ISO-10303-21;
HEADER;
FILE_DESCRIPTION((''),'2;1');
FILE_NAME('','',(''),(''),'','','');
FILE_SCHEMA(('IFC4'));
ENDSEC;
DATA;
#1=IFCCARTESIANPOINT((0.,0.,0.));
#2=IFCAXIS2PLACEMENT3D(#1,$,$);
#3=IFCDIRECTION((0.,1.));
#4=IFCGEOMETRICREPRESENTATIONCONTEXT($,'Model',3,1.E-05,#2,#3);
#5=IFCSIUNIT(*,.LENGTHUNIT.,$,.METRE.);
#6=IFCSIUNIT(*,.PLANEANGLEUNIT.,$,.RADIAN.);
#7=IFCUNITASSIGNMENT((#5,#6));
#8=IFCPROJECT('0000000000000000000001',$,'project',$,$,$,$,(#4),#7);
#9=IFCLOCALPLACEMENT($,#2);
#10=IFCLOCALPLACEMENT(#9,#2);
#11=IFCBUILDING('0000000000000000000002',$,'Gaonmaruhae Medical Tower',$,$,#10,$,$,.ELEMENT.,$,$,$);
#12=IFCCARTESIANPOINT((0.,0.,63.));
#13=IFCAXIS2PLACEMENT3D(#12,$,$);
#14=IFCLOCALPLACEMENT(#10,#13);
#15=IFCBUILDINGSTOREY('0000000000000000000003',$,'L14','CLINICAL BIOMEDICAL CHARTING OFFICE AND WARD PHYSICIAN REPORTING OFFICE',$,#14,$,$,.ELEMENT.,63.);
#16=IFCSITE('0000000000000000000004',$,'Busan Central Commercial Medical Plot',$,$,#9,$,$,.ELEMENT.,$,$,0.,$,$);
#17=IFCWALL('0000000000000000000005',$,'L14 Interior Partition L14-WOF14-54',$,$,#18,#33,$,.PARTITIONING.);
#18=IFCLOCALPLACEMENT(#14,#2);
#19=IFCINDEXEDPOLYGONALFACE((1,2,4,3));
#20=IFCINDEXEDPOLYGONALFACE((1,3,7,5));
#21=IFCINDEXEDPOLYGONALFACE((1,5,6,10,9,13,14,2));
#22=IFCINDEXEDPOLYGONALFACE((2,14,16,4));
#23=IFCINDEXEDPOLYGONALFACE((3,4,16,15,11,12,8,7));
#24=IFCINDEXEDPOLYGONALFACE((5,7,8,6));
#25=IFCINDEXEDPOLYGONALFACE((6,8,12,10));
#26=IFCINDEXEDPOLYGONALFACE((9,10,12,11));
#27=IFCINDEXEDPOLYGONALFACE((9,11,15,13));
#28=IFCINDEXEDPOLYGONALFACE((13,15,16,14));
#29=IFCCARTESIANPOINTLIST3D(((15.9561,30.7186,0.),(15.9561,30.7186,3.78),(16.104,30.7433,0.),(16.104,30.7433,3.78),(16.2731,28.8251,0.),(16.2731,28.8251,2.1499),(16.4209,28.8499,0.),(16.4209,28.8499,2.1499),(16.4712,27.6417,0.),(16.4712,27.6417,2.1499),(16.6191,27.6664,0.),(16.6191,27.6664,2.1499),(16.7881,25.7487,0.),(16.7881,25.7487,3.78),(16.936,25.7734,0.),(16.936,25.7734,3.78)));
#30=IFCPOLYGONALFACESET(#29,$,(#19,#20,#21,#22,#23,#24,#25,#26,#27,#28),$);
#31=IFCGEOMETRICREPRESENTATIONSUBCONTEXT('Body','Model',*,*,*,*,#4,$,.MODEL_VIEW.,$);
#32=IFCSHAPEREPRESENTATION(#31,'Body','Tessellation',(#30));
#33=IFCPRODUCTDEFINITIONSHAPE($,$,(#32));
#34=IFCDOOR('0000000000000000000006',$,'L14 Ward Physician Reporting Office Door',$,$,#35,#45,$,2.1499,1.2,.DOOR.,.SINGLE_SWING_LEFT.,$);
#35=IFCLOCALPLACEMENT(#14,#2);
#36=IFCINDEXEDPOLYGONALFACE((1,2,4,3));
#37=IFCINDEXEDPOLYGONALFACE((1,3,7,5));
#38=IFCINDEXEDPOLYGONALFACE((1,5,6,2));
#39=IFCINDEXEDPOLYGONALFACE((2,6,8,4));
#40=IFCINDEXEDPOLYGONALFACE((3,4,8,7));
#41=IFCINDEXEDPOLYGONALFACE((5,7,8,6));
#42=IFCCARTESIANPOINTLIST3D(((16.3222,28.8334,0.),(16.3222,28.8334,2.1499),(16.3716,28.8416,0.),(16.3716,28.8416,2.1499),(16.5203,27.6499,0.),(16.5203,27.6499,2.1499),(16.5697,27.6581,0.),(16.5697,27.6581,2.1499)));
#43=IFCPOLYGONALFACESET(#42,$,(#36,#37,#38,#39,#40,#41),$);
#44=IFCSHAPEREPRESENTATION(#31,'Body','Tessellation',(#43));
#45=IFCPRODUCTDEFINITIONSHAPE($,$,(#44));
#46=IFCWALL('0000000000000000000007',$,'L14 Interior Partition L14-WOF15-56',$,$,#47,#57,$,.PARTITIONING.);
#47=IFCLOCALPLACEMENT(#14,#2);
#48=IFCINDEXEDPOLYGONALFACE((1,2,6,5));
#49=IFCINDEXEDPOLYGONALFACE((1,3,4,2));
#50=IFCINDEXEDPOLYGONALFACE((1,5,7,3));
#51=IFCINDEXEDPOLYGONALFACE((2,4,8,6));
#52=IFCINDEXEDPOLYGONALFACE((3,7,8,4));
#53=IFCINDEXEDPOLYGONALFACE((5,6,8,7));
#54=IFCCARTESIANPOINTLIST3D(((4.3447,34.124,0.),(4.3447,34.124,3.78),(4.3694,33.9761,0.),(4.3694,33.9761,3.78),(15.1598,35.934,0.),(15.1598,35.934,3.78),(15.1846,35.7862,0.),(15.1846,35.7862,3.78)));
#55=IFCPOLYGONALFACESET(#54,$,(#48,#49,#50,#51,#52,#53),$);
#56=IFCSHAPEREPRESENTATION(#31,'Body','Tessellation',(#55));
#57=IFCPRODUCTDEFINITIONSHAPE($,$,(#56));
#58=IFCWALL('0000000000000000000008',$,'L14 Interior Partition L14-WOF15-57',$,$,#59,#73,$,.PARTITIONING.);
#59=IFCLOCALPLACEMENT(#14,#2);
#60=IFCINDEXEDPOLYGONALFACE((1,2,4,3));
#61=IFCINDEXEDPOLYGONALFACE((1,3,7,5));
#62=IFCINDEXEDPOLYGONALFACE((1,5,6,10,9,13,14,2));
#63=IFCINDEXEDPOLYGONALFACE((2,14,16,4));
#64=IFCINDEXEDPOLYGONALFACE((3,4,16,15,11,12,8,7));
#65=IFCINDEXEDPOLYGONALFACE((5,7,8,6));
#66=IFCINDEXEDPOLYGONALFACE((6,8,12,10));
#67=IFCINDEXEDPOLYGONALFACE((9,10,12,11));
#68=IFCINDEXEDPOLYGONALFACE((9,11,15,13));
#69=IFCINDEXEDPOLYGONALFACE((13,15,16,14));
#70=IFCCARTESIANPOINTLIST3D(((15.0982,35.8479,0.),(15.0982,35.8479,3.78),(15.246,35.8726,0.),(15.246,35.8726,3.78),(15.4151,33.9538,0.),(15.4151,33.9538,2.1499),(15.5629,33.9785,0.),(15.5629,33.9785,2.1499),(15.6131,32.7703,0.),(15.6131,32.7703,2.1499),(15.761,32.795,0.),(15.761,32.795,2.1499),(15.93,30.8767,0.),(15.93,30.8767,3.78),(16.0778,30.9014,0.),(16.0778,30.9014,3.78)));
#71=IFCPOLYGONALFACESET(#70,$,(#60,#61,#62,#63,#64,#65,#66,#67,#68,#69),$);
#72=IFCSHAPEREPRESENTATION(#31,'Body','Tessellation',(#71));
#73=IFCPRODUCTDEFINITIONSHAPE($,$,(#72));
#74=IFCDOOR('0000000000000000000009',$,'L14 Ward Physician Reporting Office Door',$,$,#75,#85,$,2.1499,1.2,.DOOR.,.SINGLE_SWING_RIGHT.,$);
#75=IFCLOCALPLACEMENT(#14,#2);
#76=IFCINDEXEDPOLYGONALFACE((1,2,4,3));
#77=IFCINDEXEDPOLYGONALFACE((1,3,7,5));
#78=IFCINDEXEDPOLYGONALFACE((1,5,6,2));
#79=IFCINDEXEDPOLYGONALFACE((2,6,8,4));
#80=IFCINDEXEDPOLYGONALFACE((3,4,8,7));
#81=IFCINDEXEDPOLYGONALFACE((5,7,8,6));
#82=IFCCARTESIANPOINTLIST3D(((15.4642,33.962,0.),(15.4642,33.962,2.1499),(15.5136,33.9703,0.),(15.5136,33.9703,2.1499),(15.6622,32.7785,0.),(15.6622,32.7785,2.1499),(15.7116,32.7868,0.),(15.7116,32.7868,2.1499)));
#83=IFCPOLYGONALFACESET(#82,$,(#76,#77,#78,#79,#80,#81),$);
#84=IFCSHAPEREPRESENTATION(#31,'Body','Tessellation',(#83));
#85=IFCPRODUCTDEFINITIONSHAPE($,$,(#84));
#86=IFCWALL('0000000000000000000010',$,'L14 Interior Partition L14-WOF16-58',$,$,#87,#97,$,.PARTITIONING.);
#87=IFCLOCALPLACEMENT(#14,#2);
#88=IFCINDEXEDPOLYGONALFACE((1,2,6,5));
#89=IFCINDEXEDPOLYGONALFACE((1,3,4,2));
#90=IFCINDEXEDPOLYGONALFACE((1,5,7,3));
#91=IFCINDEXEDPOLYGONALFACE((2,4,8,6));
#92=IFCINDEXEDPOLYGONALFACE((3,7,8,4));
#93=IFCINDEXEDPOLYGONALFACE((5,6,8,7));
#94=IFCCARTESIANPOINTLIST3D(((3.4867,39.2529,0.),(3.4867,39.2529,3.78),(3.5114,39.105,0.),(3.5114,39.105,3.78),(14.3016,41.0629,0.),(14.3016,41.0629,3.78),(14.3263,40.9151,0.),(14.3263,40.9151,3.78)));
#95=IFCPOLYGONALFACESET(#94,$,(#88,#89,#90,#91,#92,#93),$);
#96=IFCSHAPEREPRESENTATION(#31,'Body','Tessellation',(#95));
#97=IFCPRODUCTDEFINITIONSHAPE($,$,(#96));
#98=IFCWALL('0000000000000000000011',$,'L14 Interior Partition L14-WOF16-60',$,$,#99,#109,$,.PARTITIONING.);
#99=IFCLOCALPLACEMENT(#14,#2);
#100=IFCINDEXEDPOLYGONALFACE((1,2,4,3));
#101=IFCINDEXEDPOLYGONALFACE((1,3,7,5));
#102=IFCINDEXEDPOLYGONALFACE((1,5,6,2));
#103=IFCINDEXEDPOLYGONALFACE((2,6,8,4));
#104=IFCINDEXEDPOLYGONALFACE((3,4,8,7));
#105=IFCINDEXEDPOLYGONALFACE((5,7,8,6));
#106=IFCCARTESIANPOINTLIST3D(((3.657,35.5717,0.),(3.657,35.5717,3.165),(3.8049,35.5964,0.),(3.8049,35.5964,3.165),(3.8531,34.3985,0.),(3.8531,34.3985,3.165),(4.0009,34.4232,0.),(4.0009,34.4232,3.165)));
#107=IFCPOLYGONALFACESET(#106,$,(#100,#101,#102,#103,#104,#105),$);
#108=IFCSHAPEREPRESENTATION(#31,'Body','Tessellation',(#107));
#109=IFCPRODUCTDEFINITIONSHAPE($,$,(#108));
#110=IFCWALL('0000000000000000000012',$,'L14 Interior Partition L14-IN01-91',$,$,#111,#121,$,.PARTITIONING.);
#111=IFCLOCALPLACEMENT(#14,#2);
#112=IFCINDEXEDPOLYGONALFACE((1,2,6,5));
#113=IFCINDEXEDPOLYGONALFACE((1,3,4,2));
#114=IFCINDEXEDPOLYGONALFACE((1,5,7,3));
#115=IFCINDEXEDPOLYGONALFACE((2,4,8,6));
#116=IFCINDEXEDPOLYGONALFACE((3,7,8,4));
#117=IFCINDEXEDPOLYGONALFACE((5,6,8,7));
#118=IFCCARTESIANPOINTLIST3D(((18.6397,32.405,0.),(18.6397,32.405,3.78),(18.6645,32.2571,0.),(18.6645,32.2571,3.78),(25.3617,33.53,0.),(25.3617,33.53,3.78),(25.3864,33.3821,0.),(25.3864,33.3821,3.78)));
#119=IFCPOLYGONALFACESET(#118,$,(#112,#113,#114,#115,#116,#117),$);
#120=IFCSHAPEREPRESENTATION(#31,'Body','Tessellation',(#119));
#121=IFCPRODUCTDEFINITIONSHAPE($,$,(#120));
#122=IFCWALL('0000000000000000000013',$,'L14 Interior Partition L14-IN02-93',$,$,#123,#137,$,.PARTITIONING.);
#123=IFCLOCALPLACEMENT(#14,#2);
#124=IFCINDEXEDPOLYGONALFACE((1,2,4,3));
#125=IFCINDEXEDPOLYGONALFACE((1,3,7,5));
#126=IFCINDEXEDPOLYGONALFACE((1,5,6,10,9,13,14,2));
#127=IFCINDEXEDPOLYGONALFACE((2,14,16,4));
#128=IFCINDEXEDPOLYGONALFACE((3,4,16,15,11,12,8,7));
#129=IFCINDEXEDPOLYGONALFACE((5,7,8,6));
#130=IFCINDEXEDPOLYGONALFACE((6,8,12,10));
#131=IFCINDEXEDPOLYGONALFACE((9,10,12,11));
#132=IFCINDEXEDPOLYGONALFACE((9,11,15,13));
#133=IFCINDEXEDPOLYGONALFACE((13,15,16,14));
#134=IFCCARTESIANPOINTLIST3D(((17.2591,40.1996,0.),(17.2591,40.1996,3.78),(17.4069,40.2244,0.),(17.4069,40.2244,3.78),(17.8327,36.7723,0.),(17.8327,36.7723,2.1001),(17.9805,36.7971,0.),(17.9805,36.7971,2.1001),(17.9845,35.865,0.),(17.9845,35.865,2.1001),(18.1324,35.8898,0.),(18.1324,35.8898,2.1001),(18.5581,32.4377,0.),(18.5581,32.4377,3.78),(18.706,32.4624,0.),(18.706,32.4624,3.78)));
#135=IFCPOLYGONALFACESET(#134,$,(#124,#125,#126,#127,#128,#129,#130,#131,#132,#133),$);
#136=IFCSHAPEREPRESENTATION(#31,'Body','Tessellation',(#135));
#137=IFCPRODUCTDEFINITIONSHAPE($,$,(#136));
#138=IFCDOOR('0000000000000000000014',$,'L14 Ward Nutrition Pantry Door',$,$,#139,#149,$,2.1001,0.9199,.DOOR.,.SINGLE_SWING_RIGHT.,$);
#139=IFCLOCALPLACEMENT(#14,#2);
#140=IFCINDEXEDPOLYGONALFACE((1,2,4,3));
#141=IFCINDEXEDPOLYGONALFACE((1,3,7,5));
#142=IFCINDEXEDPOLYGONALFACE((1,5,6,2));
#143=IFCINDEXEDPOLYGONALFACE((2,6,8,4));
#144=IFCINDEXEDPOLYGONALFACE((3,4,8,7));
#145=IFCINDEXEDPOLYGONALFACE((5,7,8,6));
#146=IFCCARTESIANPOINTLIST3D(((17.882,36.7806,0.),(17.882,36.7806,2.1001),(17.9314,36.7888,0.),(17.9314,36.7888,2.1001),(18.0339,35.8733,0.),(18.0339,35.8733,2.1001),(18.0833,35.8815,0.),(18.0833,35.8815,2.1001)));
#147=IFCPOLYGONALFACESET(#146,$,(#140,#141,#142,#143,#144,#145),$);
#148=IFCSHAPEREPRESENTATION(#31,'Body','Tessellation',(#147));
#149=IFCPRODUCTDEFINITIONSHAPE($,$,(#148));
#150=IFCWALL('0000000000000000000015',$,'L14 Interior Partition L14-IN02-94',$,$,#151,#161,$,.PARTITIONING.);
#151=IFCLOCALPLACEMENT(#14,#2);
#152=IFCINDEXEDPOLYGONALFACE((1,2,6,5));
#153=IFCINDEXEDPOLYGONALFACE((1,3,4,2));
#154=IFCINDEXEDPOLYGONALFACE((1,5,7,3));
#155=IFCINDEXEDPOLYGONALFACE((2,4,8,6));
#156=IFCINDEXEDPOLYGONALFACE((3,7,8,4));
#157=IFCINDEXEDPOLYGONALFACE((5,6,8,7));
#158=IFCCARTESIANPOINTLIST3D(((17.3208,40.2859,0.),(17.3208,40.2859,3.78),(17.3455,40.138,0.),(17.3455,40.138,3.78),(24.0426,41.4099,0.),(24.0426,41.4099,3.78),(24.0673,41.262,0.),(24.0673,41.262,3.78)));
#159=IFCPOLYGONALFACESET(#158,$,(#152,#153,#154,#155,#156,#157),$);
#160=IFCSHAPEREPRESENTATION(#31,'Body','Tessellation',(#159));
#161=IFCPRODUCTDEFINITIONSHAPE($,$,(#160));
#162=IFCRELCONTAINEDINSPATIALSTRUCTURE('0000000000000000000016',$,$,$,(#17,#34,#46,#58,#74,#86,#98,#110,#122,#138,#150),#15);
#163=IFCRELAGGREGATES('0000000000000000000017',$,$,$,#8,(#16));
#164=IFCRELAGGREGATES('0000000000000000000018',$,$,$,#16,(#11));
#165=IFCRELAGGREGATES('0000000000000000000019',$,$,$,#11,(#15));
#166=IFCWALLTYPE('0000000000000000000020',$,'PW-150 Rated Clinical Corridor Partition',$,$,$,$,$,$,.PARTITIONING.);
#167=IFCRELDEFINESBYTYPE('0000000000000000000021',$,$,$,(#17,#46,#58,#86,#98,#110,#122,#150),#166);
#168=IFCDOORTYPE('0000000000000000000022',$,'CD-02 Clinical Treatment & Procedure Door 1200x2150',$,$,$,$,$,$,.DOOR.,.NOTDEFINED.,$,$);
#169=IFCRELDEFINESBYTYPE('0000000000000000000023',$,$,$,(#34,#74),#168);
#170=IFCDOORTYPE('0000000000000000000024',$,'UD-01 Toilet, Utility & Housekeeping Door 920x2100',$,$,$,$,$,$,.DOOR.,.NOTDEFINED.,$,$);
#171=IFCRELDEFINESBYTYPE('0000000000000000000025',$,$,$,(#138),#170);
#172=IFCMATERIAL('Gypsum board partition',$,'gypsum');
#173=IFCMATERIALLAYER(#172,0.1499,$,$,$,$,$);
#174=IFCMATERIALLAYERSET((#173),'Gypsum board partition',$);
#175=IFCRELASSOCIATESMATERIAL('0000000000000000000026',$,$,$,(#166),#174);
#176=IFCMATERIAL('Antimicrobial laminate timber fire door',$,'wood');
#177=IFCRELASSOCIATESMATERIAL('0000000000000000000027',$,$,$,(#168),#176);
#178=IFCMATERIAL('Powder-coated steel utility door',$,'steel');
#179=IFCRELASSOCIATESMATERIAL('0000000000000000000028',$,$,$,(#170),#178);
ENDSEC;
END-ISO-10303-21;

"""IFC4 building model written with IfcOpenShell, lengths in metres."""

from ifc_helpers import new_model, si_unit, direction, frame, frame_2d, origin, place, context, subcontext, project, spatial, rectangle, extrude, material, layer, layer_set, type_object, element, fill, save


model = new_model("IFC4")

# Units and contexts
model_context = context("Model", 3, precision=1e-05, world=origin(), true_north=direction((0.0, 1.0)))
body_context = subcontext(model_context, "Body", "Model", "MODEL_VIEW")
ifc_project = project(units=[si_unit("LENGTHUNIT", "METRE"), si_unit("PLANEANGLEUNIT", "RADIAN")], contexts=[model_context])

# Site, building, storey
site_placement = place(None, origin())
site = spatial("IfcSite", under=ifc_project, at=site_placement, Name="Busan Central Commercial Medical Plot", CompositionType="ELEMENT", RefElevation=0.0)
building_placement = place(site_placement, origin())
building = spatial("IfcBuilding", under=site, at=building_placement, Name="Gaonmaruhae Medical Tower", CompositionType="ELEMENT")
storey_placement = place(building_placement, frame((0.0, 0.0, 63.0)))
storey = spatial("IfcBuildingStorey", under=building, at=storey_placement, Name="L14", Description="CLINICAL BIOMEDICAL CHARTING OFFICE AND WARD PHYSICIAN REPORTING OFFICE", CompositionType="ELEMENT", Elevation=63.0)

# Shared definitions
ifc_material_1 = material(Name="Gypsum board partition", Category="gypsum")
ifc_layer_1 = layer(ifc_material_1, 0.1499)
ifc_layer_set_1 = layer_set([ifc_layer_1], Name="Gypsum board partition")
wall_type_1 = type_object("IfcWallType", Name="PW-150 Rated Clinical Corridor Partition", PredefinedType="PARTITIONING", material=ifc_layer_set_1)

# Wall, opening, door
wall_1_placement = place(storey_placement, frame((16.03, 30.731, 0.0), z_axis=(0.0, 0.0, 1.0), x_axis=(0.165114, -0.986275, 0.0)))
wall_1 = element("IfcWall", 1, at=wall_1_placement, inside=storey, type_object=wall_type_1, Name="L14 Interior Partition L14-WOF14-54", PredefinedType="PARTITIONING", context=body_context, shape_type="SweptSolid", body=[
    extrude(rectangle(XDim=5.0391, YDim=0.1499, at=frame_2d((2.5195, 0.0))), origin(), (0.0, 0.0, 1.0), 3.78),
])
opening_1_placement = place(wall_1_placement, frame((1.9197, 0.0, 0.0)))
opening_1 = element("IfcOpeningElement", 2, at=opening_1_placement, cuts=wall_1, PredefinedType="OPENING", context=body_context, shape_type="SweptSolid", body=[
    extrude(rectangle(XDim=1.2, YDim=2.1499, at=frame_2d((0.6001, 1.075))), frame((0.0, 0.085, 0.0), z_axis=(0.0, -1.0, 0.0), x_axis=(1.0, 0.0, 0.0)), (0.0, 0.0, 1.0), 0.1699),
])
ifc_material_2 = material(Name="Antimicrobial laminate timber fire door", Category="wood")
door_type_1 = type_object("IfcDoorType", Name="CD-02 Clinical Treatment & Procedure Door 1200x2150", OperationType="NOTDEFINED", PredefinedType="DOOR", material=ifc_material_2)
door_1_placement = place(opening_1_placement, origin())
door_1 = element("IfcDoor", 3, at=door_1_placement, inside=storey, type_object=door_type_1, Name="L14 Ward Physician Reporting Office Door", OperationType="SINGLE_SWING_LEFT", OverallHeight=2.1499, OverallWidth=1.2, PredefinedType="DOOR", context=body_context, shape_type="SweptSolid", body=[
    extrude(rectangle(XDim=1.2, YDim=2.1499, at=frame_2d((0.6001, 1.075))), frame((0.0, 0.0249, 0.0), z_axis=(0.0, -1.0, 0.0), x_axis=(1.0, 0.0, 0.0)), (0.0, 0.0, 1.0), 0.05),
])
fill(opening_1, door_1)

# Wall
wall_2_placement = place(storey_placement, frame((4.3569, 34.05, 0.0), z_axis=(0.0, 0.0, 1.0), x_axis=(0.986282, 0.165067, 0.0)))
element("IfcWall", 4, at=wall_2_placement, inside=storey, type_object=wall_type_1, Name="L14 Interior Partition L14-WOF15-56", PredefinedType="PARTITIONING", context=body_context, shape_type="SweptSolid", body=[
    extrude(rectangle(XDim=10.9656, YDim=0.1499, at=frame_2d((5.4829, 0.0))), origin(), (0.0, 0.0, 1.0), 3.78),
])

# Wall, opening, door
wall_3_placement = place(storey_placement, frame((15.1721, 35.8601, 0.0), z_axis=(0.0, 0.0, 1.0), x_axis=(0.165027, -0.986289, 0.0)))
wall_3 = element("IfcWall", 5, at=wall_3_placement, inside=storey, type_object=wall_type_1, Name="L14 Interior Partition L14-WOF15-57", PredefinedType="PARTITIONING", context=body_context, shape_type="SweptSolid", body=[
    extrude(rectangle(XDim=5.0403, YDim=0.1499, at=frame_2d((2.52, 0.0))), origin(), (0.0, 0.0, 1.0), 3.78),
])
opening_2_placement = place(wall_3_placement, frame((1.9202, 0.0, 0.0)))
opening_2 = element("IfcOpeningElement", 6, at=opening_2_placement, cuts=wall_3, PredefinedType="OPENING", context=body_context, shape_type="SweptSolid", body=[
    extrude(rectangle(XDim=1.2, YDim=2.1499, at=frame_2d((0.6001, 1.075))), frame((0.0, 0.085, 0.0), z_axis=(0.0, -1.0, 0.0), x_axis=(1.0, 0.0, 0.0)), (0.0, 0.0, 1.0), 0.1699),
])
door_2_placement = place(opening_2_placement, origin())
door_2 = element("IfcDoor", 7, at=door_2_placement, inside=storey, type_object=door_type_1, Name="L14 Ward Physician Reporting Office Door", OperationType="SINGLE_SWING_RIGHT", OverallHeight=2.1499, OverallWidth=1.2, PredefinedType="DOOR", context=body_context, shape_type="SweptSolid", body=[
    extrude(rectangle(XDim=1.2, YDim=2.1499, at=frame_2d((0.6001, 1.075))), frame((0.0, 0.0249, 0.0), z_axis=(0.0, -1.0, 0.0), x_axis=(1.0, 0.0, 0.0)), (0.0, 0.0, 1.0), 0.05),
])
fill(opening_2, door_2)

# Walls
wall_4_placement = place(storey_placement, frame((3.499, 39.179, 0.0), z_axis=(0.0, 0.0, 1.0), x_axis=(0.986282, 0.165071, 0.0)))
element("IfcWall", 8, at=wall_4_placement, inside=storey, type_object=wall_type_1, Name="L14 Interior Partition L14-WOF16-58", PredefinedType="PARTITIONING", context=body_context, shape_type="SweptSolid", body=[
    extrude(rectangle(XDim=10.9653, YDim=0.1499, at=frame_2d((5.4827, 0.0))), origin(), (0.0, 0.0, 1.0), 3.78),
])
wall_5_placement = place(storey_placement, frame((3.927, 34.4109, 0.0), z_axis=(0.0, 0.0, 1.0), x_axis=(-0.164832, 0.986322, 0.0)))
element("IfcWall", 9, at=wall_5_placement, inside=storey, type_object=wall_type_1, Name="L14 Interior Partition L14-WOF16-60", PredefinedType="PARTITIONING", context=body_context, shape_type="SweptSolid", body=[
    extrude(rectangle(XDim=1.1895, YDim=0.1499, at=frame_2d((0.5947, 0.0))), origin(), (0.0, 0.0, 1.0), 3.165),
])
wall_6_placement = place(storey_placement, frame((18.6521, 32.3311, 0.0), z_axis=(0.0, 0.0, 1.0), x_axis=(0.986282, 0.165067, 0.0)))
element("IfcWall", 10, at=wall_6_placement, inside=storey, type_object=wall_type_1, Name="L14 Interior Partition L14-IN01-91", PredefinedType="PARTITIONING", context=body_context, shape_type="SweptSolid", body=[
    extrude(rectangle(XDim=6.8154, YDim=0.1499, at=frame_2d((3.4077, 0.0))), origin(), (0.0, 0.0, 1.0), 3.78),
])

# Wall, opening, door
wall_7_placement = place(storey_placement, frame((18.6321, 32.45, 0.0), z_axis=(0.0, 0.0, 1.0), x_axis=(-0.165068, 0.986282, 0.0)))
wall_7 = element("IfcWall", 11, at=wall_7_placement, inside=storey, type_object=wall_type_1, Name="L14 Interior Partition L14-IN02-93", PredefinedType="PARTITIONING", context=body_context, shape_type="SweptSolid", body=[
    extrude(rectangle(XDim=7.8699, YDim=0.1499, at=frame_2d((3.9351, 0.0))), origin(), (0.0, 0.0, 1.0), 3.78),
])
opening_3_placement = place(wall_7_placement, frame((3.4751, 0.0, 0.0)))
opening_3 = element("IfcOpeningElement", 12, at=opening_3_placement, cuts=wall_7, PredefinedType="OPENING", context=body_context, shape_type="SweptSolid", body=[
    extrude(rectangle(XDim=0.9199, YDim=2.1001, at=frame_2d((0.46, 1.05))), frame((0.0, 0.085, 0.0), z_axis=(0.0, -1.0, 0.0), x_axis=(1.0, 0.0, 0.0)), (0.0, 0.0, 1.0), 0.1699),
])
ifc_material_3 = material(Name="Powder-coated steel utility door", Category="steel")
door_type_2 = type_object("IfcDoorType", Name="UD-01 Toilet, Utility & Housekeeping Door 920x2100", OperationType="NOTDEFINED", PredefinedType="DOOR", material=ifc_material_3)
door_3_placement = place(opening_3_placement, origin())
door_3 = element("IfcDoor", 13, at=door_3_placement, inside=storey, type_object=door_type_2, Name="L14 Ward Nutrition Pantry Door", OperationType="SINGLE_SWING_RIGHT", OverallHeight=2.1001, OverallWidth=0.9199, PredefinedType="DOOR", context=body_context, shape_type="SweptSolid", body=[
    extrude(rectangle(XDim=0.9199, YDim=2.1001, at=frame_2d((0.46, 1.05))), frame((0.0, 0.0249, 0.0), z_axis=(0.0, -1.0, 0.0), x_axis=(1.0, 0.0, 0.0)), (0.0, 0.0, 1.0), 0.05),
])
fill(opening_3, door_3)

# Wall
wall_8_placement = place(storey_placement, frame((17.333, 40.2119, 0.0), z_axis=(0.0, 0.0, 1.0), x_axis=(0.986306, 0.164928, 0.0)))
element("IfcWall", 14, at=wall_8_placement, inside=storey, type_object=wall_type_1, Name="L14 Interior Partition L14-IN02-94", PredefinedType="PARTITIONING", context=body_context, shape_type="SweptSolid", body=[
    extrude(rectangle(XDim=6.8152, YDim=0.1499, at=frame_2d((3.4077, 0.0))), origin(), (0.0, 0.0, 1.0), 3.78),
])

save(model, "model.ifc")
